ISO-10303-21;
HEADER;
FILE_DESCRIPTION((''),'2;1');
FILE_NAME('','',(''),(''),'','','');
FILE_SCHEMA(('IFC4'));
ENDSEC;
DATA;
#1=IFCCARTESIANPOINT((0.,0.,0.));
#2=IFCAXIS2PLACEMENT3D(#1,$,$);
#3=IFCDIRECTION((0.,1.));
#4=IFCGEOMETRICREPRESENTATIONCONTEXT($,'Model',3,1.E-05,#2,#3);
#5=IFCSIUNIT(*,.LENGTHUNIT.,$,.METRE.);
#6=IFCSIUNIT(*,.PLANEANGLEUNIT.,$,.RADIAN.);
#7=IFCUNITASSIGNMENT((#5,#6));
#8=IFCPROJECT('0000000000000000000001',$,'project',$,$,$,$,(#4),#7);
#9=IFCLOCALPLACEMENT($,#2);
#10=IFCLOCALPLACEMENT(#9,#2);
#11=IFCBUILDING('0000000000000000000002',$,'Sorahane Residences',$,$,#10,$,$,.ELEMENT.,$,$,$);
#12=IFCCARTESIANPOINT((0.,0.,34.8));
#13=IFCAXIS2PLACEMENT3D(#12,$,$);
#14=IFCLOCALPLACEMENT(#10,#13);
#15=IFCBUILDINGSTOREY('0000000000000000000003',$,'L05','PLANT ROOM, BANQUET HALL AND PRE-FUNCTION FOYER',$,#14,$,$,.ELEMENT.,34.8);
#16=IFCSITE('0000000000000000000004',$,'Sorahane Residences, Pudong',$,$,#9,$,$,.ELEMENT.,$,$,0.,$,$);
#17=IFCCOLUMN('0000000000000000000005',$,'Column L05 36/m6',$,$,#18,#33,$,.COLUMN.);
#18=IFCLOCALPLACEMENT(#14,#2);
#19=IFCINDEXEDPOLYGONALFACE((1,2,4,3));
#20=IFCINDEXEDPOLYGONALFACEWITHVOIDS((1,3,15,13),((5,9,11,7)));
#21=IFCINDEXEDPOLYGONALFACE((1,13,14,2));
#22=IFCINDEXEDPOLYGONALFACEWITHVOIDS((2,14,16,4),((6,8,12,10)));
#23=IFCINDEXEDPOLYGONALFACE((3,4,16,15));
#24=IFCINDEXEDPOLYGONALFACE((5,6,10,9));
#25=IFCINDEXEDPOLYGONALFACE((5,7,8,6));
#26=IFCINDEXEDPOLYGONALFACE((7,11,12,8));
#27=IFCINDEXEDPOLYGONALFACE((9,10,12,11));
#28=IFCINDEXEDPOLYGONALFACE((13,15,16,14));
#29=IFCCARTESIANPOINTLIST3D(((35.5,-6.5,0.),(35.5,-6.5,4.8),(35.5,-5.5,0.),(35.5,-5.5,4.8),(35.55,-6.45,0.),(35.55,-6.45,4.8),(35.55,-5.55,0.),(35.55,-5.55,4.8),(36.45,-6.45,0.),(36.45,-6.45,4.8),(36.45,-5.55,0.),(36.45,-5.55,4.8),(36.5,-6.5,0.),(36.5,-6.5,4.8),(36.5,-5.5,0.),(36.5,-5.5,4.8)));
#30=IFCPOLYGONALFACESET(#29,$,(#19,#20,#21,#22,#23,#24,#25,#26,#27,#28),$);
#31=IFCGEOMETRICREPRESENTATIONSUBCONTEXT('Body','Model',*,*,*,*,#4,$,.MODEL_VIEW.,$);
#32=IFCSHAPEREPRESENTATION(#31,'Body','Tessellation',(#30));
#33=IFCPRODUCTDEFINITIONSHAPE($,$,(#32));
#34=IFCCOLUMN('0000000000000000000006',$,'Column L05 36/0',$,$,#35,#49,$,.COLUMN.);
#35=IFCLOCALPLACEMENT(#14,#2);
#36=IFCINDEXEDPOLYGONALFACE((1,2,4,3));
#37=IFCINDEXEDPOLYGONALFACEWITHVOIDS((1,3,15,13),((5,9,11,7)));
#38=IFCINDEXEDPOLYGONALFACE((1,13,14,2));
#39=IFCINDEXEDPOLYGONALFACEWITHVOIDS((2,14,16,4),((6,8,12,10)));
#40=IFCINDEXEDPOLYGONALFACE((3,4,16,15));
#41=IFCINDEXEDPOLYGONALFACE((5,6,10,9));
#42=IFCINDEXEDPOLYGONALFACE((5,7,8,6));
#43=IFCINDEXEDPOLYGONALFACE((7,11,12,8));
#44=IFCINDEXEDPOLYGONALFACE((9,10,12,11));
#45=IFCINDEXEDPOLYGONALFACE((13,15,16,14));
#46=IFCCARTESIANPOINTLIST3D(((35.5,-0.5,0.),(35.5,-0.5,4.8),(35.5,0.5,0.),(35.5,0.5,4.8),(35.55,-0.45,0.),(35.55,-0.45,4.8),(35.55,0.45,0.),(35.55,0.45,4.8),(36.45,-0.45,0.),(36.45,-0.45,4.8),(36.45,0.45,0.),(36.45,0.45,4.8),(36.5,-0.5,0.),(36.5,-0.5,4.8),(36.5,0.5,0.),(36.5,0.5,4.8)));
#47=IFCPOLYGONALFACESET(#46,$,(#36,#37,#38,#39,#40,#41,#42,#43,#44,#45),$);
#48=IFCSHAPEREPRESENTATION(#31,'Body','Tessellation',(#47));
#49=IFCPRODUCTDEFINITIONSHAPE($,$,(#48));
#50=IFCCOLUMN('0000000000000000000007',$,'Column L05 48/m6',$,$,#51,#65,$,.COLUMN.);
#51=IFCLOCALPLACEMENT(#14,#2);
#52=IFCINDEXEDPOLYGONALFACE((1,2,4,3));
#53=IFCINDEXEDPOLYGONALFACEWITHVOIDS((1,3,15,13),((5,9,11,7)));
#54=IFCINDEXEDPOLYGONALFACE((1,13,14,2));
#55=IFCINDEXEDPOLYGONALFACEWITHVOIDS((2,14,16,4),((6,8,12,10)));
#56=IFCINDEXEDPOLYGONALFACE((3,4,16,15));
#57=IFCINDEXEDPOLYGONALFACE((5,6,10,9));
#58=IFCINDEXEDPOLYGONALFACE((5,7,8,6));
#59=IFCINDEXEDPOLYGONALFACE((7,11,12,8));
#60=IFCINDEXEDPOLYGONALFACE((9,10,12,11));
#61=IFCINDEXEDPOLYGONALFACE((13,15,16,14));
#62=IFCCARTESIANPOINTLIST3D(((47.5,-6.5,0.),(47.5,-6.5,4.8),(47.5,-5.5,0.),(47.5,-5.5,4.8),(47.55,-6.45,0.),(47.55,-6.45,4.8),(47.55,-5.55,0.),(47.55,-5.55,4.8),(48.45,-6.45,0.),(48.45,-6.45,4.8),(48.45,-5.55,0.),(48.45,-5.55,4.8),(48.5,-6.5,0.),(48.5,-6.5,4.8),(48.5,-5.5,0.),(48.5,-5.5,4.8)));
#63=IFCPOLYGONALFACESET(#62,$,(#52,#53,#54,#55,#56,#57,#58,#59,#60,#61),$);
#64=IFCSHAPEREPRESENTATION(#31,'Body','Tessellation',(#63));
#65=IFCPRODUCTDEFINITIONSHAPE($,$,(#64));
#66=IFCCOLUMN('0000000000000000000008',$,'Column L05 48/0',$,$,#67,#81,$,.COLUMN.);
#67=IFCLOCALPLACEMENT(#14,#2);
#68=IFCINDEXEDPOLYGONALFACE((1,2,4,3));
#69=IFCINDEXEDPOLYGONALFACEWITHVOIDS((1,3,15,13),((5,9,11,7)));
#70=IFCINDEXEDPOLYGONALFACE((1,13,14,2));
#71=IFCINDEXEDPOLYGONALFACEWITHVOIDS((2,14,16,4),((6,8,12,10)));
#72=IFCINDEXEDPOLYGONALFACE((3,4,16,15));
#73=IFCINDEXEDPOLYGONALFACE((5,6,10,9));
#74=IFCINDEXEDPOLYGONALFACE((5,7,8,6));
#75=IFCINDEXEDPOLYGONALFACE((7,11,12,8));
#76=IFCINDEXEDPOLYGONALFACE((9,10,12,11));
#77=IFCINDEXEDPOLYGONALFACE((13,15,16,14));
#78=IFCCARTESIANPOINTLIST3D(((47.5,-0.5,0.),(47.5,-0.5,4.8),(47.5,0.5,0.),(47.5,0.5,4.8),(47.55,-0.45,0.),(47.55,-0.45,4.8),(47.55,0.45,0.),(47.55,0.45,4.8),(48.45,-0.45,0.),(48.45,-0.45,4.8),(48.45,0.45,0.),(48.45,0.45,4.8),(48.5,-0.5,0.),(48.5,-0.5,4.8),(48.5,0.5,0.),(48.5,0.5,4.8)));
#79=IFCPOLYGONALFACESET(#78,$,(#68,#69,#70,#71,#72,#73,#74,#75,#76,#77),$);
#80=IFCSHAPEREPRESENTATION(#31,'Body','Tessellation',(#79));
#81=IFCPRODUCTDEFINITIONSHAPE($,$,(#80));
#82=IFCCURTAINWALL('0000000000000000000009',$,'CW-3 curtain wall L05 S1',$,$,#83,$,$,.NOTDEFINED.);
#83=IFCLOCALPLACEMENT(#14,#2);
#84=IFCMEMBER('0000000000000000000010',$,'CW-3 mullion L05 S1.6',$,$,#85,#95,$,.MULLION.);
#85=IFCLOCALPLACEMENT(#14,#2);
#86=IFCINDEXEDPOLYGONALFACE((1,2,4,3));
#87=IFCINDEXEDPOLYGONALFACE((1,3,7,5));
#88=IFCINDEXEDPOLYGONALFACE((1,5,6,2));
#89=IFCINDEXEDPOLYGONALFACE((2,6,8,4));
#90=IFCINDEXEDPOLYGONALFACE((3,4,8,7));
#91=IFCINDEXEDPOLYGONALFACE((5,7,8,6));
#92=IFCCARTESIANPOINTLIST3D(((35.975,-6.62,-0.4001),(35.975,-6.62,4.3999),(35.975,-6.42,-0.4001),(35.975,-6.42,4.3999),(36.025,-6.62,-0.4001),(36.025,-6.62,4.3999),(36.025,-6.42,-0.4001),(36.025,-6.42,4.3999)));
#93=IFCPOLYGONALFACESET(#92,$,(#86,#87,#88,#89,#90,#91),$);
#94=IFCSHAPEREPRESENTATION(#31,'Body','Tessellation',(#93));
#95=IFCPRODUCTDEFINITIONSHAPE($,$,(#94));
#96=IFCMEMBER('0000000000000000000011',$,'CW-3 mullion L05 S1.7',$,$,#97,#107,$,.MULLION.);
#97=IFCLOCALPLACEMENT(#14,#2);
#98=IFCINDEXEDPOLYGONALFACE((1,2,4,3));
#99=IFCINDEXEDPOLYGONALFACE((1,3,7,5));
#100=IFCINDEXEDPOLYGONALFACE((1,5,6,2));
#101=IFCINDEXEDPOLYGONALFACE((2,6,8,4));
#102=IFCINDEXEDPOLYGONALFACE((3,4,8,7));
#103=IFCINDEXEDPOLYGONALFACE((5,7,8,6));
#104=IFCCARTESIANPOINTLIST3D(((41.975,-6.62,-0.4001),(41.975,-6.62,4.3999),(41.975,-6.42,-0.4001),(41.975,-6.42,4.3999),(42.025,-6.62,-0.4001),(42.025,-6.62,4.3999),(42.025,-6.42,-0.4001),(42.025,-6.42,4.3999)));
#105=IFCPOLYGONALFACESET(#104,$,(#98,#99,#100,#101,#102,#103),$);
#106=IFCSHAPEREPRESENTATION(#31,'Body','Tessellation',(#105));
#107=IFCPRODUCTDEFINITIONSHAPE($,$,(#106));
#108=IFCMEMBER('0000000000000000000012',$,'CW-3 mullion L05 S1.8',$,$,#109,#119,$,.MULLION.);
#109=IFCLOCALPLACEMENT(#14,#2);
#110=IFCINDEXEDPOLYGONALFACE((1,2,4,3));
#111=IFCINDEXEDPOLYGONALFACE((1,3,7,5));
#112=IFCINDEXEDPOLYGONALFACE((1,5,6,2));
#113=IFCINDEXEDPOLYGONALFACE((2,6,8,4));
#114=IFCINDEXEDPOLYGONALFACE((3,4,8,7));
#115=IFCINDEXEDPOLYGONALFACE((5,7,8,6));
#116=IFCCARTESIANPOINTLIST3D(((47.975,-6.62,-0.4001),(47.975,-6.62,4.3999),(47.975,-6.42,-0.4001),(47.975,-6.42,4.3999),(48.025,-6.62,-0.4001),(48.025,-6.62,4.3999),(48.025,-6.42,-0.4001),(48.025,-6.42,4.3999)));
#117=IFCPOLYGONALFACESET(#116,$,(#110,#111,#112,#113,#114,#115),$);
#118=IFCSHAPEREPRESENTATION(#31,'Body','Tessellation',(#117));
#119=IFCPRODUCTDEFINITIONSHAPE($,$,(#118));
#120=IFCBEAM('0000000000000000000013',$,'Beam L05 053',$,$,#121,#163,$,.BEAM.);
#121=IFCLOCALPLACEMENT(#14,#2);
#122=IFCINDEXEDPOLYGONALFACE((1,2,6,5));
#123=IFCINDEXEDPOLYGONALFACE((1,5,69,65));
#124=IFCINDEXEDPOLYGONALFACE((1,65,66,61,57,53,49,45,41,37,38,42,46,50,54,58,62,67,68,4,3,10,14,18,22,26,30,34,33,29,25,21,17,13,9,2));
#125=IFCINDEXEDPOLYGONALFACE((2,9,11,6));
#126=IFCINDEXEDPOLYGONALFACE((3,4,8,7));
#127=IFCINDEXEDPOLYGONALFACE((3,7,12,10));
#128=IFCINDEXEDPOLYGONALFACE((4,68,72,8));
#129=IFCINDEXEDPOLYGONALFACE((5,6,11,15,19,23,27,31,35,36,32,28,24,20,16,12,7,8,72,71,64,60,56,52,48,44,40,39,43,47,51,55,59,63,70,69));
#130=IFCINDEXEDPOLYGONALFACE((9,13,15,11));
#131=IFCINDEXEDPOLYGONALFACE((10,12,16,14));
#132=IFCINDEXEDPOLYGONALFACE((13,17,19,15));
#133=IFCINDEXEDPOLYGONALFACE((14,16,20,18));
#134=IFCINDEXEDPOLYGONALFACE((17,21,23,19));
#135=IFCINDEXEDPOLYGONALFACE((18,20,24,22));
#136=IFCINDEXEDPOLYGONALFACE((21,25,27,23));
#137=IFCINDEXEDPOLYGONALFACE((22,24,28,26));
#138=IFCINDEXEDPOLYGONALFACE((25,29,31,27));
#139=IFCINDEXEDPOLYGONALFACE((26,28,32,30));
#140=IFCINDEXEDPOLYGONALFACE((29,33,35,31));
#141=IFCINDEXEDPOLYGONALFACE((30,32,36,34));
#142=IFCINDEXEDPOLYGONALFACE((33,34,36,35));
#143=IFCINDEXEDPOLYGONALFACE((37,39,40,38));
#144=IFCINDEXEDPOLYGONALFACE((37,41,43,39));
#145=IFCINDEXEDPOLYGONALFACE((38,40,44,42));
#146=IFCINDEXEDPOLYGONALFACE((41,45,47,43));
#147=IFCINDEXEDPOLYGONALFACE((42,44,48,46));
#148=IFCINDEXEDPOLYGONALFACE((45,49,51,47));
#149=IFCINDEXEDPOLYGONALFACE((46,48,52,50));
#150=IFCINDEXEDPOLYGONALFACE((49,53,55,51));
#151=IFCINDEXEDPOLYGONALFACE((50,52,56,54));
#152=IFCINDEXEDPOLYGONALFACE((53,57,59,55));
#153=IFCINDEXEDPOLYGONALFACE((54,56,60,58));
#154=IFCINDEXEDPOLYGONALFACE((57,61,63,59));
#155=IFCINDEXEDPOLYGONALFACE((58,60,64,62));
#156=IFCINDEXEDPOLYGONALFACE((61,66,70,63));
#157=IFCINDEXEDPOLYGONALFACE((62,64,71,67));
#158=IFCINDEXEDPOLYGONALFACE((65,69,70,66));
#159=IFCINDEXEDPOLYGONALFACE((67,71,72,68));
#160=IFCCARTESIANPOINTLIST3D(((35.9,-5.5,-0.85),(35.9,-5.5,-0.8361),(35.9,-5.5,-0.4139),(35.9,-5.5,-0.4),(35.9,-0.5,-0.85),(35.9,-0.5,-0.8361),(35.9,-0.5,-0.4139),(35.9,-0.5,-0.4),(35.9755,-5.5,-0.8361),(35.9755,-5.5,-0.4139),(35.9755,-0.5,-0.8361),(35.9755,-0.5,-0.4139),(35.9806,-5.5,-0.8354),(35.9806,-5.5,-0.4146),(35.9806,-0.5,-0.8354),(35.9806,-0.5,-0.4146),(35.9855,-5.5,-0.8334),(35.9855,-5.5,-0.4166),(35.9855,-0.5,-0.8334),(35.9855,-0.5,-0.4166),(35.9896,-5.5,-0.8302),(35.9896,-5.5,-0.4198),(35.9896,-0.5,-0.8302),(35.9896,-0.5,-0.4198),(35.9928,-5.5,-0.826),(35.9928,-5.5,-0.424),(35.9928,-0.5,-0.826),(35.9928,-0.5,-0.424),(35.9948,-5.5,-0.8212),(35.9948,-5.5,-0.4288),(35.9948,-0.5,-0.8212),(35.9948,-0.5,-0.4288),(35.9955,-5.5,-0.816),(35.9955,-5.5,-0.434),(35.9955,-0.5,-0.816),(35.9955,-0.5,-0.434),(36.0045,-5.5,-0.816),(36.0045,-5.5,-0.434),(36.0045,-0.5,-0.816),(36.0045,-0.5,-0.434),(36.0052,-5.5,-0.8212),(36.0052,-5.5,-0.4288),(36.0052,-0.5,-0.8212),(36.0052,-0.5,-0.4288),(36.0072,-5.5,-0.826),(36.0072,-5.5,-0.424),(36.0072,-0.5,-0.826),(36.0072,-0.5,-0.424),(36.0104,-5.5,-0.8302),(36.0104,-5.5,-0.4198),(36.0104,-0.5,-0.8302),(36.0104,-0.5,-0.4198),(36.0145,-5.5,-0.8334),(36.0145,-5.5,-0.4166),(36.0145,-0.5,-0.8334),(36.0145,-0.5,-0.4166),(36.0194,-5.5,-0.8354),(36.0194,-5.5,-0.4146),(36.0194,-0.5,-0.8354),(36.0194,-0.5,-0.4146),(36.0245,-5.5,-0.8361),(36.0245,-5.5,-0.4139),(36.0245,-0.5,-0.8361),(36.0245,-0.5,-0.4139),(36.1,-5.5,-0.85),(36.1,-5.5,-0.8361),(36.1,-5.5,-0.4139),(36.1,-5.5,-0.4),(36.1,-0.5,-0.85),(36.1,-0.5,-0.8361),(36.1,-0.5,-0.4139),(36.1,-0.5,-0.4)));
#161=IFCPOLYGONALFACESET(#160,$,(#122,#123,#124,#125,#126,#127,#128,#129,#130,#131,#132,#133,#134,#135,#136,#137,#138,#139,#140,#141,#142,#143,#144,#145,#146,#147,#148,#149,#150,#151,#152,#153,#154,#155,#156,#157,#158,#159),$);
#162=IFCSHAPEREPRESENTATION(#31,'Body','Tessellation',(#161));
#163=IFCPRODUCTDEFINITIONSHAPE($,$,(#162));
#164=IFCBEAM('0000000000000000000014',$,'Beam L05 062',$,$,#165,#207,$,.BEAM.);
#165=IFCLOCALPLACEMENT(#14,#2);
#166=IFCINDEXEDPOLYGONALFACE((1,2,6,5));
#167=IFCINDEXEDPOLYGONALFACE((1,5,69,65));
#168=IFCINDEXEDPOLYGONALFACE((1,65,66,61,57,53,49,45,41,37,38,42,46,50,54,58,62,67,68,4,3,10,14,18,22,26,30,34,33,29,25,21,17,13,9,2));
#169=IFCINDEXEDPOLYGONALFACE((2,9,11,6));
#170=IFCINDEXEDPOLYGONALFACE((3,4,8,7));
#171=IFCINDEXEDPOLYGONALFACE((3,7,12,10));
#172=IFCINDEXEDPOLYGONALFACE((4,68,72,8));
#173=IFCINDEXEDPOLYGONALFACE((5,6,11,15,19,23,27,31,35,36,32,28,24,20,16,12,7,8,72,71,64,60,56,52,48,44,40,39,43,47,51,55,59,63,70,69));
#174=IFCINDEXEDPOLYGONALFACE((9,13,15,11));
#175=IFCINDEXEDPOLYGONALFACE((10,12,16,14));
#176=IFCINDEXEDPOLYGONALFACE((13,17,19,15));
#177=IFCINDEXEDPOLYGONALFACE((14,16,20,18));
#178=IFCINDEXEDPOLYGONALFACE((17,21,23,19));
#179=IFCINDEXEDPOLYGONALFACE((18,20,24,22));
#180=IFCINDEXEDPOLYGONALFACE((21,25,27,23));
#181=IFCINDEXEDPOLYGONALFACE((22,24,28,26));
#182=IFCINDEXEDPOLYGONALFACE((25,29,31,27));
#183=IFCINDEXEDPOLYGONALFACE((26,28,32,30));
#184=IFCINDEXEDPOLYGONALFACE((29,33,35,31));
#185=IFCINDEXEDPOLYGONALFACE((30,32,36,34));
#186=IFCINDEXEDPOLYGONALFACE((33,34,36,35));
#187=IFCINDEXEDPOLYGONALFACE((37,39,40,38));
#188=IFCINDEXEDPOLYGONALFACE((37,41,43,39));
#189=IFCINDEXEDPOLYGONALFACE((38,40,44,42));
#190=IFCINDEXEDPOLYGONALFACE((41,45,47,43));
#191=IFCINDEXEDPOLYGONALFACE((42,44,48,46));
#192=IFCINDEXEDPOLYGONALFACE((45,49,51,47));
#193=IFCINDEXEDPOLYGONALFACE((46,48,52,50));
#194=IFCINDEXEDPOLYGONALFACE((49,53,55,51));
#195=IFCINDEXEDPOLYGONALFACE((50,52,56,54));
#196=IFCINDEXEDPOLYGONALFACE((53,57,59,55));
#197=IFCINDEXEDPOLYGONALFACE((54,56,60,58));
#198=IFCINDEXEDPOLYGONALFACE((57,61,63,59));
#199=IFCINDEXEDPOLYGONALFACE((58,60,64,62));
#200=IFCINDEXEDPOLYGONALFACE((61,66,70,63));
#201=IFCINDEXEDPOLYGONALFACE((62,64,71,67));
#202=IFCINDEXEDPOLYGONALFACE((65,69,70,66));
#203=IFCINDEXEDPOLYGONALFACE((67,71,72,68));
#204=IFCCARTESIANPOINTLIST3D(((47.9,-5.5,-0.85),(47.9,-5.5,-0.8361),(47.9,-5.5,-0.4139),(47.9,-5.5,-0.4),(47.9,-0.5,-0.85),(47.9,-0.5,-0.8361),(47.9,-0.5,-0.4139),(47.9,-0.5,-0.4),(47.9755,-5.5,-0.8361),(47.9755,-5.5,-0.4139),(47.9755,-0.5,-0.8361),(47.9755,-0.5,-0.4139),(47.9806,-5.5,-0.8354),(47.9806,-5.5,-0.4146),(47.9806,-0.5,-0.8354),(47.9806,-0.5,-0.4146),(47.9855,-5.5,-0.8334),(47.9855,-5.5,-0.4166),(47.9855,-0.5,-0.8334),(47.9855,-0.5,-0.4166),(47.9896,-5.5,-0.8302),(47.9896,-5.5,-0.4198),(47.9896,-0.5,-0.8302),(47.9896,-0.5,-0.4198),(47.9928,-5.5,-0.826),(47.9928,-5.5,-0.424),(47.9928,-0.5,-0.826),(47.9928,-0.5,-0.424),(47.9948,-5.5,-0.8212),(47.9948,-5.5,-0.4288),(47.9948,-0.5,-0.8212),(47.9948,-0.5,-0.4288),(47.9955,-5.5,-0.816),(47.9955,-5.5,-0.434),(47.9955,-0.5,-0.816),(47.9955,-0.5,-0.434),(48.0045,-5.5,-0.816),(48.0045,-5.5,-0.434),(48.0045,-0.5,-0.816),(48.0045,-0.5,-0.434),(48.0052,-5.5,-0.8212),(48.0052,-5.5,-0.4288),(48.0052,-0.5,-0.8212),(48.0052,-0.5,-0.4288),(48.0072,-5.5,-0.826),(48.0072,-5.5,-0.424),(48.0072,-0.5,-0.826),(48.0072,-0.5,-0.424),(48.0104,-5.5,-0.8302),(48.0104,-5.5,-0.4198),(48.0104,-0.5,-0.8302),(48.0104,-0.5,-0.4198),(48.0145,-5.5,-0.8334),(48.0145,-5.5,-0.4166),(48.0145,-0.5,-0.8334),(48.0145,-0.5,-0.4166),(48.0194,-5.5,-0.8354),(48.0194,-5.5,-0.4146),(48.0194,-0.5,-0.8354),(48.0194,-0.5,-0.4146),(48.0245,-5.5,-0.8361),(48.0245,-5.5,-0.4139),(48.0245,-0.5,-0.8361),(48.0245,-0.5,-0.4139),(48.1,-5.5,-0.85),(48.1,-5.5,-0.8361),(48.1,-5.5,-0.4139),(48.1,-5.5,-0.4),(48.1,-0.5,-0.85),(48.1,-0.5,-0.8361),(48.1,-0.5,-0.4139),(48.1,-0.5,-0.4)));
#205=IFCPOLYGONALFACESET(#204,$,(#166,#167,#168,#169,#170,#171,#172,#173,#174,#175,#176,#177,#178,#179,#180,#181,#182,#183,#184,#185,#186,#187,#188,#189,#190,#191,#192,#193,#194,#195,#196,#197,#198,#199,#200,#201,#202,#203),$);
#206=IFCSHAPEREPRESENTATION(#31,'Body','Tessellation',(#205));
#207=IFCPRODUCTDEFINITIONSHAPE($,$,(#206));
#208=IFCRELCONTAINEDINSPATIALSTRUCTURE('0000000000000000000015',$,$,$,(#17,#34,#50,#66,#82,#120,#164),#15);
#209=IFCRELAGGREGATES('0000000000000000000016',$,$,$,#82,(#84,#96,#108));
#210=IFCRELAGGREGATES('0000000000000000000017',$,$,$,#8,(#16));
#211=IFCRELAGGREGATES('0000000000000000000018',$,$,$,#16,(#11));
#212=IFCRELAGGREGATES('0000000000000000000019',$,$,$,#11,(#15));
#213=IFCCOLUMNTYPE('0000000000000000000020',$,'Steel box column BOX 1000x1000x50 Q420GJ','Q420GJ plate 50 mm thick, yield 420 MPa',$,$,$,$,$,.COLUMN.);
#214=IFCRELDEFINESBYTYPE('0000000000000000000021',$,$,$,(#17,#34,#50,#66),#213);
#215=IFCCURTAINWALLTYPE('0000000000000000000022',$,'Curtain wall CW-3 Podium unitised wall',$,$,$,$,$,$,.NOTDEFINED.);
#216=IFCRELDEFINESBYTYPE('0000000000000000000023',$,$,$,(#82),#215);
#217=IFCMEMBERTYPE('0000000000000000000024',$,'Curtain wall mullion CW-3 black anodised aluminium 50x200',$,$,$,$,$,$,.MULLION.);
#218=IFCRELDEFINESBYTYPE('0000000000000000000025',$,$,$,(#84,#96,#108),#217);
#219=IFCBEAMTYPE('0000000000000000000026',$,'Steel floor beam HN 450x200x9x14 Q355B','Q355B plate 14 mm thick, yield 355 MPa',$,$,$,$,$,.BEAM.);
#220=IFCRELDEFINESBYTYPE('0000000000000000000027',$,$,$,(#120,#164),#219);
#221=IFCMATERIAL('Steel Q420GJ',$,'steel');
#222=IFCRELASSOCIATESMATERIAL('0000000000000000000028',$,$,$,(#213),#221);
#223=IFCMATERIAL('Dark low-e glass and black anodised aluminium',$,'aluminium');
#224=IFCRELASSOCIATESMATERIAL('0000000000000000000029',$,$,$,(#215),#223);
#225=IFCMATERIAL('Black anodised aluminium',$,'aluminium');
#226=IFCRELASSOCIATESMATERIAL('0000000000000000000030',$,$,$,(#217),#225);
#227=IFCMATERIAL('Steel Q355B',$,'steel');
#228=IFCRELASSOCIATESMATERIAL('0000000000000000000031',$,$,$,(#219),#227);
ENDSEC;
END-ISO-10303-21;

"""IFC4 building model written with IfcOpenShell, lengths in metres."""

from ifc_helpers import new_model, si_unit, direction, frame, origin, origin_2d, place, context, subcontext, project, spatial, rectangle, hollow_rectangle, i_section, extrude, material, material_profile, profile_set, type_object, element, aggregate, save


model = new_model("IFC4")

# Units and contexts
model_context = context("Model", 3, precision=1e-05, world=origin(), true_north=direction((0.0, 1.0)))
body_context = subcontext(model_context, "Body", "Model", "MODEL_VIEW")
ifc_project = project(units=[si_unit("LENGTHUNIT", "METRE"), si_unit("PLANEANGLEUNIT", "RADIAN")], contexts=[model_context])

# Site, building, storey
site_placement = place(None, origin())
site = spatial("IfcSite", under=ifc_project, at=site_placement, Name="Sorahane Residences, Pudong", CompositionType="ELEMENT", RefElevation=0.0)
building_placement = place(site_placement, origin())
building = spatial("IfcBuilding", under=site, at=building_placement, Name="Sorahane Residences", CompositionType="ELEMENT")
storey_placement = place(building_placement, frame((0.0, 0.0, 34.8)))
storey = spatial("IfcBuildingStorey", under=building, at=storey_placement, Name="L05", Description="PLANT ROOM, BANQUET HALL AND PRE-FUNCTION FOYER", CompositionType="ELEMENT", Elevation=34.8)

# Columns
ifc_material_1 = material(Name="Steel Q420GJ", Category="steel")
ifc_material_profile_1 = material_profile(ifc_material_1, hollow_rectangle(XDim=1.0, YDim=1.0, WallThickness=0.05, at=origin_2d()), Name="BOX 1000x1000x50")
ifc_profile_set_1 = profile_set([ifc_material_profile_1], Name="Steel Q420GJ")
column_type = type_object("IfcColumnType", Name="Steel box column BOX 1000x1000x50 Q420GJ", Description="Q420GJ plate 50 mm thick, yield 420 MPa", PredefinedType="COLUMN", material=ifc_profile_set_1)
for number, where, z_axis, x_axis, name in (
    (1, (36.0, -6.0, 0.0), (0.0, 0.0, 1.0), (1.0, 0.0, 0.0), "Column L05 36/m6"),
    (2, (36.0, 0.0, 0.0), (0.0, 0.0, 1.0), (1.0, 0.0, 0.0), "Column L05 36/0"),
    (3, (48.0, -6.0, 0.0), (0.0, 0.0, 1.0), (1.0, 0.0, 0.0), "Column L05 48/m6"),
    (4, (48.0, 0.0, 0.0), (0.0, 0.0, 1.0), (1.0, 0.0, 0.0), "Column L05 48/0"),
):
    element("IfcColumn", number, at=place(storey_placement, frame(where, z_axis=z_axis, x_axis=x_axis)), inside=storey, type_object=column_type, Name=name, PredefinedType="COLUMN", context=body_context, shape_type="SweptSolid", body=[
        extrude(hollow_rectangle(XDim=1.0, YDim=1.0, WallThickness=0.05, at=origin_2d()), origin(), (0.0, 0.0, 1.0), 4.8),
    ])

# Curtain wall, members
ifc_material_2 = material(Name="Dark low-e glass and black anodised aluminium", Category="aluminium")
curtain_wall_type = type_object("IfcCurtainWallType", Name="Curtain wall CW-3 Podium unitised wall", PredefinedType="NOTDEFINED", material=ifc_material_2)
curtain_wall_placement = place(storey_placement, origin())
curtain_wall = element("IfcCurtainWall", 5, at=curtain_wall_placement, inside=storey, type_object=curtain_wall_type, Name="CW-3 curtain wall L05 S1", PredefinedType="NOTDEFINED")
ifc_material_3 = material(Name="Black anodised aluminium", Category="aluminium")
ifc_material_profile_2 = material_profile(ifc_material_3, rectangle(XDim=0.2, YDim=0.05, at=origin_2d()), Name="Curtain wall mullion CW-3 black anodised aluminium 50x200")
ifc_profile_set_2 = profile_set([ifc_material_profile_2], Name="Black anodised aluminium")
member_type = type_object("IfcMemberType", Name="Curtain wall mullion CW-3 black anodised aluminium 50x200", PredefinedType="MULLION", material=ifc_profile_set_2)
member_1_placement = place(storey_placement, frame((36.0, -6.52, -0.4001), z_axis=(0.0, 0.0, 1.0), x_axis=(0.0, -1.0, 0.0)))
member_1 = element("IfcMember", 6, at=member_1_placement, type_object=member_type, Name="CW-3 mullion L05 S1.6", PredefinedType="MULLION", context=body_context, shape_type="SweptSolid", body=[
    extrude(rectangle(XDim=0.2, YDim=0.05, at=origin_2d()), origin(), (0.0, 0.0, 1.0), 4.8),
])
member_2_placement = place(storey_placement, frame((42.0, -6.52, -0.4001), z_axis=(0.0, 0.0, 1.0), x_axis=(0.0, -1.0, 0.0)))
member_2 = element("IfcMember", 7, at=member_2_placement, type_object=member_type, Name="CW-3 mullion L05 S1.7", PredefinedType="MULLION", context=body_context, shape_type="SweptSolid", body=[
    extrude(rectangle(XDim=0.2, YDim=0.05, at=origin_2d()), origin(), (0.0, 0.0, 1.0), 4.8),
])
member_3_placement = place(storey_placement, frame((48.0, -6.52, -0.4001), z_axis=(0.0, 0.0, 1.0), x_axis=(0.0, -1.0, 0.0)))
member_3 = element("IfcMember", 8, at=member_3_placement, type_object=member_type, Name="CW-3 mullion L05 S1.8", PredefinedType="MULLION", context=body_context, shape_type="SweptSolid", body=[
    extrude(rectangle(XDim=0.2, YDim=0.05, at=origin_2d()), origin(), (0.0, 0.0, 1.0), 4.8),
])

# Beams
ifc_material_4 = material(Name="Steel Q355B", Category="steel")
ifc_material_profile_3 = material_profile(ifc_material_4, i_section(OverallWidth=0.2, OverallDepth=0.45, WebThickness=0.009, FlangeThickness=0.0139, FilletRadius=0.02, at=origin_2d()), Name="HN 450x200x9x14")
ifc_profile_set_3 = profile_set([ifc_material_profile_3], Name="Steel Q355B")
beam_type_1 = type_object("IfcBeamType", Name="Steel floor beam HN 450x200x9x14 Q355B", Description="Q355B plate 14 mm thick, yield 355 MPa", PredefinedType="BEAM", material=ifc_profile_set_3)
for number, where, z_axis, x_axis, name in (
    (9, (36.0, -5.5, -0.625), (0.0, 1.0, 0.0), (-1.0, 0.0, 0.0), "Beam L05 053"),
    (10, (48.0, -5.5, -0.625), (0.0, 1.0, 0.0), (-1.0, 0.0, 0.0), "Beam L05 062"),
):
    element("IfcBeam", number, at=place(storey_placement, frame(where, z_axis=z_axis, x_axis=x_axis)), inside=storey, type_object=beam_type_1, Name=name, PredefinedType="BEAM", context=body_context, shape_type="SweptSolid", body=[
        extrude(i_section(OverallWidth=0.2, OverallDepth=0.45, WebThickness=0.009, FlangeThickness=0.0139, FilletRadius=0.02, at=origin_2d()), origin(), (0.0, 0.0, 1.0), 5.0),
    ])

aggregate(curtain_wall, [member_1, member_2, member_3])

save(model, "model.ifc")
